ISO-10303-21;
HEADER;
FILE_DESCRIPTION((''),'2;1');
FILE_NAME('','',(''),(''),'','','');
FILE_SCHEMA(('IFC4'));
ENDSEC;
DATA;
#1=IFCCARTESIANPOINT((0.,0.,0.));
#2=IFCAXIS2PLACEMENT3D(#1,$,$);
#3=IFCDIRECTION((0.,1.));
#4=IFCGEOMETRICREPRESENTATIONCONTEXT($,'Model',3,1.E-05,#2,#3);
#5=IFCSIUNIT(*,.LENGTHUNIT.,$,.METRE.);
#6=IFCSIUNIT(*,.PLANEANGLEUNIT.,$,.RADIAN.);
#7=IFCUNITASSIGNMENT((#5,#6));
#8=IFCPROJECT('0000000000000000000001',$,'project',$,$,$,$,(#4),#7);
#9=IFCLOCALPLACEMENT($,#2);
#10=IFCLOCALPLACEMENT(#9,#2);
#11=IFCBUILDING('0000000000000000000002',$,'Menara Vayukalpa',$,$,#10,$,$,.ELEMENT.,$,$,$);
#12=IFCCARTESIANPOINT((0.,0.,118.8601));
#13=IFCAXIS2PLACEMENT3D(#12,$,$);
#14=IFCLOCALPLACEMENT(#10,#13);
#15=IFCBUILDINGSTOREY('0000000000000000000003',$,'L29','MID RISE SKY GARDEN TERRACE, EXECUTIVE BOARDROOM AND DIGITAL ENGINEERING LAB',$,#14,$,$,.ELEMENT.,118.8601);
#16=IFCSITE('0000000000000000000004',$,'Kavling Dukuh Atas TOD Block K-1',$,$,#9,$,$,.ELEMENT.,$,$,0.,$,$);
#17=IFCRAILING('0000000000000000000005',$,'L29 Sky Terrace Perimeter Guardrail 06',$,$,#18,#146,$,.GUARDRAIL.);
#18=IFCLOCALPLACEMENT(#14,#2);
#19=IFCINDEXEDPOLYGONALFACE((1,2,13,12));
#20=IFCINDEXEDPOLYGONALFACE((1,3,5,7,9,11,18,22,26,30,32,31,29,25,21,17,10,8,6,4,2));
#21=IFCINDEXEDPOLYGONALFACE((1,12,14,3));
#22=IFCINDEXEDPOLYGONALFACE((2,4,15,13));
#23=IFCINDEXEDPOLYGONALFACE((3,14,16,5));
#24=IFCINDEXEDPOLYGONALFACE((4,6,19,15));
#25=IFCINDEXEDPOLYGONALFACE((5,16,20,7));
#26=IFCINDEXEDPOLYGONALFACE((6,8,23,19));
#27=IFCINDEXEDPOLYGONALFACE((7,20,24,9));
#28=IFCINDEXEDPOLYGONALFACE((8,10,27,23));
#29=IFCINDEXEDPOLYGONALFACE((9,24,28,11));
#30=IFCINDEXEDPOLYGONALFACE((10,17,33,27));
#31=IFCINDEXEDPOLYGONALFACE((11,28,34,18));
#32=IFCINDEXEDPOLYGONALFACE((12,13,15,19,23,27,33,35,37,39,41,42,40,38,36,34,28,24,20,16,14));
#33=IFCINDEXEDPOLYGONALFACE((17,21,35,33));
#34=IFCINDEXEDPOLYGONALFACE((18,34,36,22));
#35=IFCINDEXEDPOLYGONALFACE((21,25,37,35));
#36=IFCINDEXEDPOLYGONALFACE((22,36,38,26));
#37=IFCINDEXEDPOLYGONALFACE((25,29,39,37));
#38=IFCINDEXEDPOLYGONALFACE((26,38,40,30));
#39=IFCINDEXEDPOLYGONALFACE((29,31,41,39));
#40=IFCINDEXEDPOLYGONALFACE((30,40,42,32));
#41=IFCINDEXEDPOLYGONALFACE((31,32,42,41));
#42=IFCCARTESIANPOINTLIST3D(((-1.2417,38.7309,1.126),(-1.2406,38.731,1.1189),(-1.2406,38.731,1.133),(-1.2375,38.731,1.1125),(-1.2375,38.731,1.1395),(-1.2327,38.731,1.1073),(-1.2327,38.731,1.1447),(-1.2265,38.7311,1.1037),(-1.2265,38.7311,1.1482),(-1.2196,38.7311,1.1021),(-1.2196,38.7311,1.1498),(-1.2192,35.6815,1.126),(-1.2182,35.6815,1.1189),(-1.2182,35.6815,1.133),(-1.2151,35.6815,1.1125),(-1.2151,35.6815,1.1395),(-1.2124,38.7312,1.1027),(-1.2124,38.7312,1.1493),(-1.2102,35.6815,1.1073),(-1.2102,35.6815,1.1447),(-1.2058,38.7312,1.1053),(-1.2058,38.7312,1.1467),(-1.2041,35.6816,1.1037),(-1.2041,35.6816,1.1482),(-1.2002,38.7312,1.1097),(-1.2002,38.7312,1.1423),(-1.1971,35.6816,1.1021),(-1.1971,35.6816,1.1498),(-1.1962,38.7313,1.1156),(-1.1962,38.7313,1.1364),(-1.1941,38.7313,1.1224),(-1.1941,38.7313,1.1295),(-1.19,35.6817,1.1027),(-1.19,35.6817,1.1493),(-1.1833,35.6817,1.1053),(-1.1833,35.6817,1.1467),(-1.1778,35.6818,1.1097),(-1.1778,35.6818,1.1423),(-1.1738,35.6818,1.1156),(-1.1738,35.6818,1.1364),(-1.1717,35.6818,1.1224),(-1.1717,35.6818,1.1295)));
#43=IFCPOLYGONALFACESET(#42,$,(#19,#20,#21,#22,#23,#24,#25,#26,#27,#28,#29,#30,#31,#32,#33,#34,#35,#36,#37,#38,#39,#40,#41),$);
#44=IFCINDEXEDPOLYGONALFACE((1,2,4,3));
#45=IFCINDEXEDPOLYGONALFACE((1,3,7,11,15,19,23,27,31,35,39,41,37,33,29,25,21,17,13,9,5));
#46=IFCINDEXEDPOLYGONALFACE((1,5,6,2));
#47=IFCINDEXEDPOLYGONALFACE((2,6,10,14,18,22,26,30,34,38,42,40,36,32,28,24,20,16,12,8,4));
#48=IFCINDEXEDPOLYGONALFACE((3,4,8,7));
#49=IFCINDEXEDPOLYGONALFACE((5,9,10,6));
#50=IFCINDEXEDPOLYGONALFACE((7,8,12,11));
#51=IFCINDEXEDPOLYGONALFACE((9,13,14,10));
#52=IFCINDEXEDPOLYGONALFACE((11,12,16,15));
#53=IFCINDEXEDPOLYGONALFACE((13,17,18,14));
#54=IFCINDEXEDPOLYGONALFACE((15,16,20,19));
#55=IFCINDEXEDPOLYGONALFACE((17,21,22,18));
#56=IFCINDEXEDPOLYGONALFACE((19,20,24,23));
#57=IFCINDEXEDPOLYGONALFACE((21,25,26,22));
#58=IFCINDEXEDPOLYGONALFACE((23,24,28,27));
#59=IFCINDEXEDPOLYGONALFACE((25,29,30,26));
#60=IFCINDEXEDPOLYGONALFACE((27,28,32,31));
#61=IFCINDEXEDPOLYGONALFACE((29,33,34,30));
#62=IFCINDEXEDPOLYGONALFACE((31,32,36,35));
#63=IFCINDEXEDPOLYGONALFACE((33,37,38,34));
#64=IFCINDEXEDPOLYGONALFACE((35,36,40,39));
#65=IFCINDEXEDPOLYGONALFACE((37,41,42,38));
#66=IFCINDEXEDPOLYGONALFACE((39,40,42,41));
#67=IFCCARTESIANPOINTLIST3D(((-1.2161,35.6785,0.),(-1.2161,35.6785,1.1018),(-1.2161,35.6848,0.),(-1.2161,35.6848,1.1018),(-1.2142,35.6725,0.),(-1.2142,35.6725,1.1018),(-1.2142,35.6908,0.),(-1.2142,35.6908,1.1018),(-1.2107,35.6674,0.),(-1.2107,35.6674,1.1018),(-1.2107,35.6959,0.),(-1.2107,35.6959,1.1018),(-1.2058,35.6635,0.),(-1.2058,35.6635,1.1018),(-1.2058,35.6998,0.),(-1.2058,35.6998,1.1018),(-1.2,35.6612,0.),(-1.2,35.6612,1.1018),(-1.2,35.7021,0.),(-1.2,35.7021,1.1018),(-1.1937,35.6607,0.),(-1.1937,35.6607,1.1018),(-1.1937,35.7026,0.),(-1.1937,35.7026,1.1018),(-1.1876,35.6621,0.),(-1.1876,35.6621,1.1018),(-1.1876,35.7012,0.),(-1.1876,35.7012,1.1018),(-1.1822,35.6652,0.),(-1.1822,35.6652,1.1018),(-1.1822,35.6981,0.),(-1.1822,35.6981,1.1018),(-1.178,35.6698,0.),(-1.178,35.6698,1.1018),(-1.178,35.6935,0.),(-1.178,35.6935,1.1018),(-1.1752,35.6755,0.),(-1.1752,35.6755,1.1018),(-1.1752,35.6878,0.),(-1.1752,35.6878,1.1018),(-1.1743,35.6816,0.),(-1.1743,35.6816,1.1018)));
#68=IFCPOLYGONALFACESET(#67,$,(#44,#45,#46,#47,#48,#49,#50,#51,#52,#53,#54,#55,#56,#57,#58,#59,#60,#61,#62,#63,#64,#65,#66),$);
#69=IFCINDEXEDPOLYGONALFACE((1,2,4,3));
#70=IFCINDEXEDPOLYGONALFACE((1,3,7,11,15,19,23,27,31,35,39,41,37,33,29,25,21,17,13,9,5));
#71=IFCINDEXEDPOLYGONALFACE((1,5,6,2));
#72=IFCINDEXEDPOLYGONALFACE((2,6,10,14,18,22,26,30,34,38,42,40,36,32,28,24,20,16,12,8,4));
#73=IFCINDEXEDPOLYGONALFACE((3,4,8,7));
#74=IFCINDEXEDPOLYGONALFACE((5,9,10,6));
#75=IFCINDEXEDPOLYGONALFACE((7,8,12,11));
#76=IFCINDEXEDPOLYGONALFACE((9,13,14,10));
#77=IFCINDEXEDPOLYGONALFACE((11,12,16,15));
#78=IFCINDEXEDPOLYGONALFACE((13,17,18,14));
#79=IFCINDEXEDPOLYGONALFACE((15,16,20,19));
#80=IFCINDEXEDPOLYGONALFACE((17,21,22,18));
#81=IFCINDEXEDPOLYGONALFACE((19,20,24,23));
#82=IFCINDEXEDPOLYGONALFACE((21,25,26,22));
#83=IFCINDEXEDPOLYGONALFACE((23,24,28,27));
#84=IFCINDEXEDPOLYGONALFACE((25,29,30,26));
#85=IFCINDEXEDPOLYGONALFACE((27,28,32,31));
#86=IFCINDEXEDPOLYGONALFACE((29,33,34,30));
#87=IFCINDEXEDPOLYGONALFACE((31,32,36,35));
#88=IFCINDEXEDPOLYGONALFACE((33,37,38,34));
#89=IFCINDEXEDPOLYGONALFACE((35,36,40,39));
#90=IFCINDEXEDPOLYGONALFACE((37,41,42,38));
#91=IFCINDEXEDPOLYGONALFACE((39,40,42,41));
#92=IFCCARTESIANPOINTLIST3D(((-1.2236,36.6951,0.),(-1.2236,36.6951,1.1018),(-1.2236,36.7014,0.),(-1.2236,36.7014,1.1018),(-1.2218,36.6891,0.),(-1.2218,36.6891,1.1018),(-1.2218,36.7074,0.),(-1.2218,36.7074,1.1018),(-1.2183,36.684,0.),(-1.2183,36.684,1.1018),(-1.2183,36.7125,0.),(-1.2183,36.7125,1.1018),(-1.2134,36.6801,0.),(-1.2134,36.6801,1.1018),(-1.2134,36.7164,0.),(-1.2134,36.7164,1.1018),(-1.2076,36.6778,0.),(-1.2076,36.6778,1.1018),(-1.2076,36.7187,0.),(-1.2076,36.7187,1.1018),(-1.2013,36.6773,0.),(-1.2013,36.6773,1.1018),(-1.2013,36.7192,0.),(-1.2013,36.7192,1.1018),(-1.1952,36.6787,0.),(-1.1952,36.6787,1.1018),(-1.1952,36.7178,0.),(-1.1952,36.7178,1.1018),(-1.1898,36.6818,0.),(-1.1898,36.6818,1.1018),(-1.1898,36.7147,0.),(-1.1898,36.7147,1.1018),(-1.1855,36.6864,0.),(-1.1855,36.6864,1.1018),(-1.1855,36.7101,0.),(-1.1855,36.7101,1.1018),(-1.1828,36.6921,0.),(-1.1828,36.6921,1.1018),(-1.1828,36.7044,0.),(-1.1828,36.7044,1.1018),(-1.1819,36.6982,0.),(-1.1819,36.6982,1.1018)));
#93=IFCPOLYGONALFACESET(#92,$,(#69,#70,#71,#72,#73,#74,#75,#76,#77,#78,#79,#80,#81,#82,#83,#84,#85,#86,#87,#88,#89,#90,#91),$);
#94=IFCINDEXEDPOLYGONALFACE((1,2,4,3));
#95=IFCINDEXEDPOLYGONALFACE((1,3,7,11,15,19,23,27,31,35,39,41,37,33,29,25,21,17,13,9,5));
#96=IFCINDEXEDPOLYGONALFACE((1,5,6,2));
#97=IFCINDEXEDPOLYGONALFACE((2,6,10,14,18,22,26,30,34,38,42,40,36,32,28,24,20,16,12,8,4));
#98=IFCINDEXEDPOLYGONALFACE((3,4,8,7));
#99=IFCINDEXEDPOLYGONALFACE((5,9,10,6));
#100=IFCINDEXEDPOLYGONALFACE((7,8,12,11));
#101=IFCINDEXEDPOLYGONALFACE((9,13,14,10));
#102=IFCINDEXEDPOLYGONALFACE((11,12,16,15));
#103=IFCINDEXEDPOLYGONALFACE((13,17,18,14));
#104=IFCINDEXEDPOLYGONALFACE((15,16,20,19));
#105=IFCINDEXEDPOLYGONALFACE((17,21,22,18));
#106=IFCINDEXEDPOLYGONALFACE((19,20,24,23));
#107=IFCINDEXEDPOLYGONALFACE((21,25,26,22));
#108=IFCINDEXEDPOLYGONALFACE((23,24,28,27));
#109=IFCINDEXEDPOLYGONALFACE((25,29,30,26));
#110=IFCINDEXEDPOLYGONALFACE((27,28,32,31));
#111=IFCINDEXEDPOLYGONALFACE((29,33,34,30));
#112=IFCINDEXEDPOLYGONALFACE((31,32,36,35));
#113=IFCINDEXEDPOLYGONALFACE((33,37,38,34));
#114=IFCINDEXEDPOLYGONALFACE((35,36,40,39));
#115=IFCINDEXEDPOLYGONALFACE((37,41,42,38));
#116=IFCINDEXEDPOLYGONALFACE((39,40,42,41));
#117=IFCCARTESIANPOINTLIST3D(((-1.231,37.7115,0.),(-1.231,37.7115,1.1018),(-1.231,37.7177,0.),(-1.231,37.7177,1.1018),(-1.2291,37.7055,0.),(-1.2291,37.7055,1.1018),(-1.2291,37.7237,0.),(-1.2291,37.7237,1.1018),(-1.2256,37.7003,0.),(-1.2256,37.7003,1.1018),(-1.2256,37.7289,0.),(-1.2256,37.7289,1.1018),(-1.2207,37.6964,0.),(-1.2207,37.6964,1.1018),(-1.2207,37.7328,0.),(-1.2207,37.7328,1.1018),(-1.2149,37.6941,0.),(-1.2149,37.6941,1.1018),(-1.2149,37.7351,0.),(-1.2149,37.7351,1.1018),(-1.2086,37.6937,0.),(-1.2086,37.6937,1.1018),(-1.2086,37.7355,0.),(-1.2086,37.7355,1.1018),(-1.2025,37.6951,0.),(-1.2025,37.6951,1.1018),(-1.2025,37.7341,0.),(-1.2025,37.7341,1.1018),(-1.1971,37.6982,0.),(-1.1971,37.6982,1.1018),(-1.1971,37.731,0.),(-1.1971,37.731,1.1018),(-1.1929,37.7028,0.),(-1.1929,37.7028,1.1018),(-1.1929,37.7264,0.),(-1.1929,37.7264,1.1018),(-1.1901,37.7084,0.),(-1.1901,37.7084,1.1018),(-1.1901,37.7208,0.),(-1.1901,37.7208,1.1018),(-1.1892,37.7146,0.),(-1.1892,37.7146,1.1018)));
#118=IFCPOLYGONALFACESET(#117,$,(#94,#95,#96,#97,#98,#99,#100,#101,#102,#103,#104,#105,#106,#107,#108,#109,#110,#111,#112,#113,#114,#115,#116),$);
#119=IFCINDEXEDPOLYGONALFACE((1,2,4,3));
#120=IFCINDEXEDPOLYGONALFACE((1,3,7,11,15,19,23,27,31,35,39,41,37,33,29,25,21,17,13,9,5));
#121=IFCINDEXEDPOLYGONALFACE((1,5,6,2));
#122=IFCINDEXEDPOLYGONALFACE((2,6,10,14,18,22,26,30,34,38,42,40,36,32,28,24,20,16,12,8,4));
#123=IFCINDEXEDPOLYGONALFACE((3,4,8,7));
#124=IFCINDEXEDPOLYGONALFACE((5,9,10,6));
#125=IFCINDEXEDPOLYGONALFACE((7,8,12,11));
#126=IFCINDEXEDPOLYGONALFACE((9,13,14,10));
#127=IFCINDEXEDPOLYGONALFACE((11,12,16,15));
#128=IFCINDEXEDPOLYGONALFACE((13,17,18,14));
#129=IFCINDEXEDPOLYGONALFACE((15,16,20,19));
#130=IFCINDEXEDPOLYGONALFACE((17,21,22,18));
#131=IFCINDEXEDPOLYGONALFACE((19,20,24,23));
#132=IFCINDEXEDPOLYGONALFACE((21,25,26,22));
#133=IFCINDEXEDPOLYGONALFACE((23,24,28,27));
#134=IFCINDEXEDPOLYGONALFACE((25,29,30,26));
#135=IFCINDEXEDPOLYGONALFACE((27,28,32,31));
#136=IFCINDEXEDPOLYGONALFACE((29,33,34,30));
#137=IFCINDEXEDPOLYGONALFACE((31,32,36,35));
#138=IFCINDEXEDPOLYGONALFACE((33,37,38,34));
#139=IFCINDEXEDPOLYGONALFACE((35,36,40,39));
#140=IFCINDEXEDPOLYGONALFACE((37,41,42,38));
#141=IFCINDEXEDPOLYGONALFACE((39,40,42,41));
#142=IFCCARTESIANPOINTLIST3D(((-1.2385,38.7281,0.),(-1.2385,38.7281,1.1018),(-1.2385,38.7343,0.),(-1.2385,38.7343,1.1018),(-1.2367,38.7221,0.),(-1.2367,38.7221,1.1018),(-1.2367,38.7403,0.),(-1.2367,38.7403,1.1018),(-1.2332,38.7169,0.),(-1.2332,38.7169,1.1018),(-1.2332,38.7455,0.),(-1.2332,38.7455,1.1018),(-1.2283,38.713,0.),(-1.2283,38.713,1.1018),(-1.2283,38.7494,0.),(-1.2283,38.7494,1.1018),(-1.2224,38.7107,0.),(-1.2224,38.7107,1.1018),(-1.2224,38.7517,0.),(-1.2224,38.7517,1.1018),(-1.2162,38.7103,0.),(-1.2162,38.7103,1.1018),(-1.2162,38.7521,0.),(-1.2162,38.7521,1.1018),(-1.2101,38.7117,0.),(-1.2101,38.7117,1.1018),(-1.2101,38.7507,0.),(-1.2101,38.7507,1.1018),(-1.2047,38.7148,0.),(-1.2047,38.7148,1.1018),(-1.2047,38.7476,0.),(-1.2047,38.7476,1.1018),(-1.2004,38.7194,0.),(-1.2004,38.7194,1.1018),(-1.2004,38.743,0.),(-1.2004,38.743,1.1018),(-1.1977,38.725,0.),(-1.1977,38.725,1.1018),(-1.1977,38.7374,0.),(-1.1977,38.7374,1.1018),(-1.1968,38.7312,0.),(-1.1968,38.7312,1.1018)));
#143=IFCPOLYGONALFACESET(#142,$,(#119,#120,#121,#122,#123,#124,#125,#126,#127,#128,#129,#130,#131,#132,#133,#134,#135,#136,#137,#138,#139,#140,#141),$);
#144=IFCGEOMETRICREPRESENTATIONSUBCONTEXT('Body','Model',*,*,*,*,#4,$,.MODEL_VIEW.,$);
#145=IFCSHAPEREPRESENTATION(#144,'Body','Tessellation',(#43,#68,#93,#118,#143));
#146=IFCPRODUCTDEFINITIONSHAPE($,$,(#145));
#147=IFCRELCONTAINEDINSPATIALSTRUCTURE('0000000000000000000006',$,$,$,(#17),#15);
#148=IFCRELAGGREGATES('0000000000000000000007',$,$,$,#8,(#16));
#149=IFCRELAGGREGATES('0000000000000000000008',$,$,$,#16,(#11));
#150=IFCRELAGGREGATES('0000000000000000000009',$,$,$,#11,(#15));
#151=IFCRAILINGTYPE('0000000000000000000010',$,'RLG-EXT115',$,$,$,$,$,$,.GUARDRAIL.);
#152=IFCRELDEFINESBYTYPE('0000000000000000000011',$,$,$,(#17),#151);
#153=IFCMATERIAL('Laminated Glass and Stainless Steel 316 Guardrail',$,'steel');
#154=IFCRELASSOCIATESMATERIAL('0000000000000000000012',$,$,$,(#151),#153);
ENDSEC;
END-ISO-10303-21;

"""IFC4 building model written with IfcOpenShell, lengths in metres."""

from ifc_helpers import new_model, si_unit, direction, frame, origin, origin_2d, place, context, subcontext, project, spatial, circle, extrude, material, type_object, element, save


model = new_model("IFC4")

# Units and contexts
model_context = context("Model", 3, precision=1e-05, world=origin(), true_north=direction((0.0, 1.0)))
body_context = subcontext(model_context, "Body", "Model", "MODEL_VIEW")
ifc_project = project(units=[si_unit("LENGTHUNIT", "METRE"), si_unit("PLANEANGLEUNIT", "RADIAN")], contexts=[model_context])

# Site, building, storey
site_placement = place(None, origin())
site = spatial("IfcSite", under=ifc_project, at=site_placement, Name="Kavling Dukuh Atas TOD Block K-1", CompositionType="ELEMENT", RefElevation=0.0)
building_placement = place(site_placement, origin())
building = spatial("IfcBuilding", under=site, at=building_placement, Name="Menara Vayukalpa", CompositionType="ELEMENT")
storey_placement = place(building_placement, frame((0.0, 0.0, 118.8601)))
storey = spatial("IfcBuildingStorey", under=building, at=storey_placement, Name="L29", Description="MID RISE SKY GARDEN TERRACE, EXECUTIVE BOARDROOM AND DIGITAL ENGINEERING LAB", CompositionType="ELEMENT", Elevation=118.8601)

# Railing
ifc_material_1 = material(Name="Laminated Glass and Stainless Steel 316 Guardrail", Category="steel")
railing_type = type_object("IfcRailingType", Name="RLG-EXT115", PredefinedType="GUARDRAIL", material=ifc_material_1)
railing_1_placement = place(storey_placement, frame((-1.1953, 35.6816, 0.0)))
element("IfcRailing", 1, at=railing_1_placement, inside=storey, type_object=railing_type, Name="L29 Sky Terrace Perimeter Guardrail 06", PredefinedType="GUARDRAIL", context=body_context, shape_type="SweptSolid", body=[
    extrude(circle(Radius=0.0239, at=origin_2d()), frame((0.0, 0.0, 1.126), z_axis=(-0.007365, 0.999973, 0.0), x_axis=(-0.999973, -0.007365, 0.0)), (0.0, 0.0, 1.0), 3.0496),
    extrude(circle(Radius=0.021, at=origin_2d()), origin(), (0.0, 0.0, 1.0), 1.1018),
    extrude(circle(Radius=0.021, at=origin_2d()), frame((-0.0076, 1.0166, 0.0)), (0.0, 0.0, 1.0), 1.1018),
    extrude(circle(Radius=0.021, at=origin_2d()), frame((-0.0149, 2.033, 0.0)), (0.0, 0.0, 1.0), 1.1018),
    extrude(circle(Radius=0.021, at=origin_2d()), frame((-0.0225, 3.0496, 0.0)), (0.0, 0.0, 1.0), 1.1018),
])

save(model, "model.ifc")
